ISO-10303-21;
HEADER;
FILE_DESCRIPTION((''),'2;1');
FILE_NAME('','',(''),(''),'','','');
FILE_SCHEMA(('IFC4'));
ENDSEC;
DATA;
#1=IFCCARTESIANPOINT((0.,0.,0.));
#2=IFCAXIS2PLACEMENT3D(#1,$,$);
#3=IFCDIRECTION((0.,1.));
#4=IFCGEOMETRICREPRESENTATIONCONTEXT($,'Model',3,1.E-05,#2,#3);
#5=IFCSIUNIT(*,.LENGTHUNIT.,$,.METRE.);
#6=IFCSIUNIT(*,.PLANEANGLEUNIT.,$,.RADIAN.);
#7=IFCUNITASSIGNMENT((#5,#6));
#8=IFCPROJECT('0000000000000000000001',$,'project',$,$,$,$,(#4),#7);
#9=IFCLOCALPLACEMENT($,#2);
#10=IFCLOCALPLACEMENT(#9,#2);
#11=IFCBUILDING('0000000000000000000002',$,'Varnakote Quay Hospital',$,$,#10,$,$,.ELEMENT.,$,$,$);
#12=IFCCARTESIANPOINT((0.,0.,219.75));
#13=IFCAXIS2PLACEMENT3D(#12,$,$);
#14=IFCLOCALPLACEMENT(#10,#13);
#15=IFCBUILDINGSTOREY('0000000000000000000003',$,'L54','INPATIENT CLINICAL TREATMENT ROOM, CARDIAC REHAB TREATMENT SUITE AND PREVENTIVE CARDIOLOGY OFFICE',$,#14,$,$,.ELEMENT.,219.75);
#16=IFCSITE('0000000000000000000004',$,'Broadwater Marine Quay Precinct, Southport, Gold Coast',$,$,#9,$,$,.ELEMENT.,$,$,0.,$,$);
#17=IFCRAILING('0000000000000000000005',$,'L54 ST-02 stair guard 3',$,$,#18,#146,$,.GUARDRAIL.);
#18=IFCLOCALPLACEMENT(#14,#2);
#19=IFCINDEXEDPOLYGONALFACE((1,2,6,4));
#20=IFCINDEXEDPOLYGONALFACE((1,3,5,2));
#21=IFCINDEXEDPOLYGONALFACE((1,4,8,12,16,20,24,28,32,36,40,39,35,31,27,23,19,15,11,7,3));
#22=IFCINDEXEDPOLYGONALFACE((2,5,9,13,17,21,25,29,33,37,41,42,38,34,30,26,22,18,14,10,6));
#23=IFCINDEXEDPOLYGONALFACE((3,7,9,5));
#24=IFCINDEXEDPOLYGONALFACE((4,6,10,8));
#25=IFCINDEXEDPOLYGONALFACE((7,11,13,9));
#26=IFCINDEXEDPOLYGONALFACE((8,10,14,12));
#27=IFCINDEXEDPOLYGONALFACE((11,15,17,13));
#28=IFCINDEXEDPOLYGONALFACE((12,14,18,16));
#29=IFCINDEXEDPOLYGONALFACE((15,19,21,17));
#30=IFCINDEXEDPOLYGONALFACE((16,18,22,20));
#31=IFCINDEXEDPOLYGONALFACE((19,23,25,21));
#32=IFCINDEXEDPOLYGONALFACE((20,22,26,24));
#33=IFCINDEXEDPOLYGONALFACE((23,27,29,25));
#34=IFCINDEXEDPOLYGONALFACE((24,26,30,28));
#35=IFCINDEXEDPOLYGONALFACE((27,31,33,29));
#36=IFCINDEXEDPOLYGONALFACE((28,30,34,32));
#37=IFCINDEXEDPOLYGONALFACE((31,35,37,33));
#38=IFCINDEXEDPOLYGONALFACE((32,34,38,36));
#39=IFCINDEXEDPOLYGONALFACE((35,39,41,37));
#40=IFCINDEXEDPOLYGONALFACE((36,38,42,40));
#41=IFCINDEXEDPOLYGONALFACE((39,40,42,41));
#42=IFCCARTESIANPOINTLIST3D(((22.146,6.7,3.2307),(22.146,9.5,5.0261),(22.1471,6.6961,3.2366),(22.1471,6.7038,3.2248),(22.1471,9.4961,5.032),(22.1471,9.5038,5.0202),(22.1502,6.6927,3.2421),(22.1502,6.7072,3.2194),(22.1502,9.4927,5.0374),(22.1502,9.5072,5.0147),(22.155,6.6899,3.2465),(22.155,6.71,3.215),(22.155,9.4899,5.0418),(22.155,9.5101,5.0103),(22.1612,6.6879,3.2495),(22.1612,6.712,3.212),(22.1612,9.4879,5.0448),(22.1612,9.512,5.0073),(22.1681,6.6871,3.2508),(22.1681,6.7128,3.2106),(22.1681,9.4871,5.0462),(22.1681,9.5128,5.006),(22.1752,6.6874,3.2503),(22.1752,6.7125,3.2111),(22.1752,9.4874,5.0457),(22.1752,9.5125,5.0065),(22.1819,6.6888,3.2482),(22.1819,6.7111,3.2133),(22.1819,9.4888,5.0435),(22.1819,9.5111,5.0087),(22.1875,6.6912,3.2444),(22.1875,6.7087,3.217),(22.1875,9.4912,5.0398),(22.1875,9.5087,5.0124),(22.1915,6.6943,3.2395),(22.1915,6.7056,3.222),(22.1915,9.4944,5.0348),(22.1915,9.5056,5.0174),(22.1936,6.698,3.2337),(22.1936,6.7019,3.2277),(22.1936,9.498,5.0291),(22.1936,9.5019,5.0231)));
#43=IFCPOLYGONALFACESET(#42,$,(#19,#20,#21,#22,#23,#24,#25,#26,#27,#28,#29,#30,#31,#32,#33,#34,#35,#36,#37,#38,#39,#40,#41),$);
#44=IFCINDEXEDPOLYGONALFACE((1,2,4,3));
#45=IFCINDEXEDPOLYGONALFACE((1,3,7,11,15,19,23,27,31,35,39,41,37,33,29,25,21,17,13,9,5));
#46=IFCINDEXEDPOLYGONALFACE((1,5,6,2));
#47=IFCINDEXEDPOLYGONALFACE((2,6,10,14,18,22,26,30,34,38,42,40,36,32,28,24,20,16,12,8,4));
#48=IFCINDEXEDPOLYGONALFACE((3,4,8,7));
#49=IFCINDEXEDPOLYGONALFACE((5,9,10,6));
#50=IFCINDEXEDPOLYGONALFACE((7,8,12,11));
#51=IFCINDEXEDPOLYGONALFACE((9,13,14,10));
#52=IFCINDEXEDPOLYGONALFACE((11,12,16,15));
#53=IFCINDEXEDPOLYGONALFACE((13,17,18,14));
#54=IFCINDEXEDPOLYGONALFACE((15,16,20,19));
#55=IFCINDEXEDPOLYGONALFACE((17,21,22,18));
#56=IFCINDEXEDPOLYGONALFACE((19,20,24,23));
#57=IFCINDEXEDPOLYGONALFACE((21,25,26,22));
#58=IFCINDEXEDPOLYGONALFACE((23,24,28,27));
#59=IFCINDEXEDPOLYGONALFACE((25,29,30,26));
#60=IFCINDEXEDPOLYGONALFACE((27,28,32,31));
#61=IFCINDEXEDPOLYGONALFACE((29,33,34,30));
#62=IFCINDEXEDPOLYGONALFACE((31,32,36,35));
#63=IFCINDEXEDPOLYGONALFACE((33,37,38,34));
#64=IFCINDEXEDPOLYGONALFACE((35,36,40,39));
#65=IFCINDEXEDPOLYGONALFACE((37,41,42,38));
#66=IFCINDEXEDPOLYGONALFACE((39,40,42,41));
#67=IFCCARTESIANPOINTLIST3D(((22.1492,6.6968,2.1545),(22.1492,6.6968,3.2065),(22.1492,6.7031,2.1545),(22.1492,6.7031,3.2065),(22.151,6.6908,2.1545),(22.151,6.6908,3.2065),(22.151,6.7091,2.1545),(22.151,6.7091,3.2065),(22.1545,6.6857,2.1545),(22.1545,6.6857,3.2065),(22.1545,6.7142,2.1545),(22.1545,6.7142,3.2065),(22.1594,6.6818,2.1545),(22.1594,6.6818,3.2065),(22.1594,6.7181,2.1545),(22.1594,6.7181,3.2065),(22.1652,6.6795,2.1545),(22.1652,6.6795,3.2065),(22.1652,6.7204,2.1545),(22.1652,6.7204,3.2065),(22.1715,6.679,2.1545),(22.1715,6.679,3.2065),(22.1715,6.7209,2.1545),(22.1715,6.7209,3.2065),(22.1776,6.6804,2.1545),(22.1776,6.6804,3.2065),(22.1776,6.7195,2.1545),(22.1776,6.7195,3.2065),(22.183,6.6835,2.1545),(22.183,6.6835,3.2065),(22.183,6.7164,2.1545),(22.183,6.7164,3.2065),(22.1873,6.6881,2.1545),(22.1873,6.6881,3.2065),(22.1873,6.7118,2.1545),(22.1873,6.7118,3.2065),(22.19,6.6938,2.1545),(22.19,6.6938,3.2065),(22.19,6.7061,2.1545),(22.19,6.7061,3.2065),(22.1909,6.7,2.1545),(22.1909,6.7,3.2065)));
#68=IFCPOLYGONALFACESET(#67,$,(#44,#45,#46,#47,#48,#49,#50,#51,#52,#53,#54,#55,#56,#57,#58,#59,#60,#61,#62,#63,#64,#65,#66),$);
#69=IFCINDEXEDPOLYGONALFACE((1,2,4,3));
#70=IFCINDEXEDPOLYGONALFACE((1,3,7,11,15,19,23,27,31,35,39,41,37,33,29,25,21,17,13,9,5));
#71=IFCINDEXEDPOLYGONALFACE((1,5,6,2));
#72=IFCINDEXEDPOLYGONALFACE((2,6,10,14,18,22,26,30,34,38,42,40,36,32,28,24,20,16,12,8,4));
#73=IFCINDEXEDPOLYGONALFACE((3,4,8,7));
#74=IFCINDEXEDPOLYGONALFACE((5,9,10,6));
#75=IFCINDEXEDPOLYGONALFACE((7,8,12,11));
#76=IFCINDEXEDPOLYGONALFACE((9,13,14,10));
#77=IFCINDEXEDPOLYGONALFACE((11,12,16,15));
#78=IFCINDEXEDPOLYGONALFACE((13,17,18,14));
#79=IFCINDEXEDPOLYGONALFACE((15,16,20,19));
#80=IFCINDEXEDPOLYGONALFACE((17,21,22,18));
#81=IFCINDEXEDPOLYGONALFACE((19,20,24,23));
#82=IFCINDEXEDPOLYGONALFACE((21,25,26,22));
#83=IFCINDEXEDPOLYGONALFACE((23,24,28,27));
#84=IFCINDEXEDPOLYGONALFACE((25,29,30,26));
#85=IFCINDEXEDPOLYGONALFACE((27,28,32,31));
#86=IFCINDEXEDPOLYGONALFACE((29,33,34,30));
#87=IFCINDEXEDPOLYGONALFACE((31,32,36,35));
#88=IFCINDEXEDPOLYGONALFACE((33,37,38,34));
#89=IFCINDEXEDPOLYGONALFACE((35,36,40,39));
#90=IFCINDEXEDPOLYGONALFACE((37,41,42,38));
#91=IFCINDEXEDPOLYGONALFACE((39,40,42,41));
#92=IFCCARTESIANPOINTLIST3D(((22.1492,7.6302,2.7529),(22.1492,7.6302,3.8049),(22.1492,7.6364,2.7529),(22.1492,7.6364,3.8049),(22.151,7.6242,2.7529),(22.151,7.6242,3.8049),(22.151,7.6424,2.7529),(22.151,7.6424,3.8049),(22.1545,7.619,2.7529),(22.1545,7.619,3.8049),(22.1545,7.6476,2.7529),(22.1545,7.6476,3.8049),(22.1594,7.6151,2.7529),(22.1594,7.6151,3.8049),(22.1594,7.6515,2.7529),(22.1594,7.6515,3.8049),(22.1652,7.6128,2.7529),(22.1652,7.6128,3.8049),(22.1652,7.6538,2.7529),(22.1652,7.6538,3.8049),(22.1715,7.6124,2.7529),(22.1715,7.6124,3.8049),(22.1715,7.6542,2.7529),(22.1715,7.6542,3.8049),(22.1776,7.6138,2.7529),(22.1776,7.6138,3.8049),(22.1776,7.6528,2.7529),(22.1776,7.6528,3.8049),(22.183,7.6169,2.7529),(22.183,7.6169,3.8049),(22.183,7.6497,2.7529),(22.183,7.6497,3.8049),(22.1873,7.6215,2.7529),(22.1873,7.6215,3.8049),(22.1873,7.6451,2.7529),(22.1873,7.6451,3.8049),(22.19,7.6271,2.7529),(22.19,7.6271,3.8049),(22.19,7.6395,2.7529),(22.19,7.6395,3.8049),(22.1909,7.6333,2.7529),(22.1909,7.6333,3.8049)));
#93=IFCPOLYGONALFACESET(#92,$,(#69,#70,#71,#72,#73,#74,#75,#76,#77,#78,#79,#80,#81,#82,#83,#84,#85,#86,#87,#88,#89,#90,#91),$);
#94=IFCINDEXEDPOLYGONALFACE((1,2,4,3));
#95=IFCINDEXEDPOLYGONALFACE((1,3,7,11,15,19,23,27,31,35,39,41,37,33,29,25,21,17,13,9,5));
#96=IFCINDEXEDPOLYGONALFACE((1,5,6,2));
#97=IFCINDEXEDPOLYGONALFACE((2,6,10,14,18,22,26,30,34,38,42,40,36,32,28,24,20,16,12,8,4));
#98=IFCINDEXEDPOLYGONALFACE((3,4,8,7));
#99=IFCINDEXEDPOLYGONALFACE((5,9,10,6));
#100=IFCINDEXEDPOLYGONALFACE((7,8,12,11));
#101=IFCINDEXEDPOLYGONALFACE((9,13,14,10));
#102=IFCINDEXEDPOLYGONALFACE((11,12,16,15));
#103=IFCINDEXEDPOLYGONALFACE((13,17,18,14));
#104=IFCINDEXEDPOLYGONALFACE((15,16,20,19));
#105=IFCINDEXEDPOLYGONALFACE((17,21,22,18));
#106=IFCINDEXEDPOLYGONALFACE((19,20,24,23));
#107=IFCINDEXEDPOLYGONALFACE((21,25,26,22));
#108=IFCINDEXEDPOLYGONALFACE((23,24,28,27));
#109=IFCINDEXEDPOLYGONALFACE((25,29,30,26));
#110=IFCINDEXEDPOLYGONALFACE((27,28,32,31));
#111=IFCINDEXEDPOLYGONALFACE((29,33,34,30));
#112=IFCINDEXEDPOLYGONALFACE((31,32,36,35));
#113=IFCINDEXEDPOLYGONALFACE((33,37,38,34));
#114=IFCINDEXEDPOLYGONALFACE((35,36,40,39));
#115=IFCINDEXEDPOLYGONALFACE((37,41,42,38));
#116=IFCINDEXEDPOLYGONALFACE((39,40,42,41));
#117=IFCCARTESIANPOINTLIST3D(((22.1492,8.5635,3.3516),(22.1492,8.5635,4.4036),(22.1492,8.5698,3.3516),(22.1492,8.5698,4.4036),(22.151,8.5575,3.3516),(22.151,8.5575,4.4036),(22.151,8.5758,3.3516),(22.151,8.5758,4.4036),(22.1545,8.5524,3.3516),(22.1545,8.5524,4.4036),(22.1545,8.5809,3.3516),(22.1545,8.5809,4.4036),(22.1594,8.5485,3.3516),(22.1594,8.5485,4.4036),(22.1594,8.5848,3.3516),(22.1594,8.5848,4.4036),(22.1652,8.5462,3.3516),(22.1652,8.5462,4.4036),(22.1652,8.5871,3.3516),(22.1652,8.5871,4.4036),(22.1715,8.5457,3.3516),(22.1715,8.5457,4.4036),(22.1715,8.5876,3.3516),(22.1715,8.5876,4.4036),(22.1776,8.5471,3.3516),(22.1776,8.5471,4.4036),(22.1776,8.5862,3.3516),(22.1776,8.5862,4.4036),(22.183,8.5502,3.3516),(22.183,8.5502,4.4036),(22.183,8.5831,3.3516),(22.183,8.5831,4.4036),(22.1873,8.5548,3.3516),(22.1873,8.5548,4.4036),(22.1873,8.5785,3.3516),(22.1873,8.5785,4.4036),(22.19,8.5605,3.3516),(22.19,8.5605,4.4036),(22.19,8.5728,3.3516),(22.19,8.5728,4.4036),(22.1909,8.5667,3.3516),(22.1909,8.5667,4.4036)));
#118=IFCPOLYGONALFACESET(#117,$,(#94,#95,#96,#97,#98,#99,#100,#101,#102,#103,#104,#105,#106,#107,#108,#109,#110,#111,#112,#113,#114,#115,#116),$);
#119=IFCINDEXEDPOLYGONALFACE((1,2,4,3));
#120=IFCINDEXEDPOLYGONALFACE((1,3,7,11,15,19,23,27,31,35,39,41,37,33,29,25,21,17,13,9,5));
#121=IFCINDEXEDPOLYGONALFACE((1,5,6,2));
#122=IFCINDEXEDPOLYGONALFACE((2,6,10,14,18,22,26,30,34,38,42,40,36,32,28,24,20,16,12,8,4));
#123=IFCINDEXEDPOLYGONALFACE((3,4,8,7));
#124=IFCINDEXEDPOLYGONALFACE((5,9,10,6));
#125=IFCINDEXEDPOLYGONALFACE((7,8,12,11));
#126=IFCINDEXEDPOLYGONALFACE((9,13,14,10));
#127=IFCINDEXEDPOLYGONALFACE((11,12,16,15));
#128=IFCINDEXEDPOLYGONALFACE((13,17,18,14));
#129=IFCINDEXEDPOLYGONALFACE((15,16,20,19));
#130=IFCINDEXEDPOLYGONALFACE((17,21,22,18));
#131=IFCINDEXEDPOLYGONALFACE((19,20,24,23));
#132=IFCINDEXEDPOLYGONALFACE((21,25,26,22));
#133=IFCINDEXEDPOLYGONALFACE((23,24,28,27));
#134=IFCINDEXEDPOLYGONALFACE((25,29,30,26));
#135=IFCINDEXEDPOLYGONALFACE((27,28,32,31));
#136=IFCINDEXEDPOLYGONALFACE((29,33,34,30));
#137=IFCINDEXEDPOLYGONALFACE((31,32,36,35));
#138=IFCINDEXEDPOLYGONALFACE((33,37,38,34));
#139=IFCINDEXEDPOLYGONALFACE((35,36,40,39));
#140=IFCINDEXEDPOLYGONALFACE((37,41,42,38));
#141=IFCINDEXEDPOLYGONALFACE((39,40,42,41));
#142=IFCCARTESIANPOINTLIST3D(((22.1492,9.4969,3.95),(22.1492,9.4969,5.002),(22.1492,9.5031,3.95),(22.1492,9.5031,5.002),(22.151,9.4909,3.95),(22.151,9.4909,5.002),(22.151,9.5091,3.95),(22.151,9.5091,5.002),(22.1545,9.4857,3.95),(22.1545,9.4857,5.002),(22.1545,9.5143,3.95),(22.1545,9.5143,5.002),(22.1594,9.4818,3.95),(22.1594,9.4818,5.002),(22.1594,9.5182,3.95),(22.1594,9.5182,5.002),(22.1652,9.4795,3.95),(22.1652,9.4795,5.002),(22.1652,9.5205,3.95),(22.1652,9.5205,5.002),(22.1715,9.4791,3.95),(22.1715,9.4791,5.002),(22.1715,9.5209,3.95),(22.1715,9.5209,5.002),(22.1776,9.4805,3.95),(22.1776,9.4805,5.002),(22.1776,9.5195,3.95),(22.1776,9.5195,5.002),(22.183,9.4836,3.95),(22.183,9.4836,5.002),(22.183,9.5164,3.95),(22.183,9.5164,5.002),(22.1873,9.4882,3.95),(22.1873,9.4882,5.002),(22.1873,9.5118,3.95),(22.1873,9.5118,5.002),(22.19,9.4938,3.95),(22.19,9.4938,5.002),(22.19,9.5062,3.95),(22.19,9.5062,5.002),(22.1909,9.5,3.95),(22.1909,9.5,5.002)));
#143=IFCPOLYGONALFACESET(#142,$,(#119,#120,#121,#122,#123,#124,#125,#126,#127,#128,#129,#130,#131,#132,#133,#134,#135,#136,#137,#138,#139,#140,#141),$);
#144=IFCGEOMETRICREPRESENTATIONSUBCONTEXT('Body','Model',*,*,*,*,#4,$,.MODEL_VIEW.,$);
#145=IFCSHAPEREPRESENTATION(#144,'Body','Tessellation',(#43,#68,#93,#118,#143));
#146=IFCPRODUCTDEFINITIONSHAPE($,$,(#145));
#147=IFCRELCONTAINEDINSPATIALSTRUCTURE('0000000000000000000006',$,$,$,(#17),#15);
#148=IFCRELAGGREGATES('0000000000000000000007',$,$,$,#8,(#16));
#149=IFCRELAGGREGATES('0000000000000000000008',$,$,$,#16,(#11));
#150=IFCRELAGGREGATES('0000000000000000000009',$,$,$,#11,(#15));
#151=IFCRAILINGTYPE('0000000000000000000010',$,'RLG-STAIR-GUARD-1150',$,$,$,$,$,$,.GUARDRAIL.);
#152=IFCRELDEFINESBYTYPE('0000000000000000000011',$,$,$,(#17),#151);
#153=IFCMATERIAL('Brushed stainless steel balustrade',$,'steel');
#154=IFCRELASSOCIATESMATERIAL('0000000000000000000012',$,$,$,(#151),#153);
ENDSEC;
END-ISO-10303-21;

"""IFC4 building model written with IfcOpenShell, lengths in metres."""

from ifc_helpers import new_model, si_unit, direction, frame, origin, origin_2d, place, context, subcontext, project, spatial, circle, extrude, material, type_object, element, save


model = new_model("IFC4")

# Units and contexts
model_context = context("Model", 3, precision=1e-05, world=origin(), true_north=direction((0.0, 1.0)))
body_context = subcontext(model_context, "Body", "Model", "MODEL_VIEW")
ifc_project = project(units=[si_unit("LENGTHUNIT", "METRE"), si_unit("PLANEANGLEUNIT", "RADIAN")], contexts=[model_context])

# Site, building, storey
site_placement = place(None, origin())
site = spatial("IfcSite", under=ifc_project, at=site_placement, Name="Broadwater Marine Quay Precinct, Southport, Gold Coast", CompositionType="ELEMENT", RefElevation=0.0)
building_placement = place(site_placement, origin())
building = spatial("IfcBuilding", under=site, at=building_placement, Name="Varnakote Quay Hospital", CompositionType="ELEMENT")
storey_placement = place(building_placement, frame((0.0, 0.0, 219.75)))
storey = spatial("IfcBuildingStorey", under=building, at=storey_placement, Name="L54", Description="INPATIENT CLINICAL TREATMENT ROOM, CARDIAC REHAB TREATMENT SUITE AND PREVENTIVE CARDIOLOGY OFFICE", CompositionType="ELEMENT", Elevation=219.75)

# Railing
ifc_material_1 = material(Name="Brushed stainless steel balustrade", Category="steel")
railing_type_1 = type_object("IfcRailingType", Name="RLG-STAIR-GUARD-1150", PredefinedType="GUARDRAIL", material=ifc_material_1)
railing_1_placement = place(storey_placement, frame((22.1699, 6.7, 2.1545)))
element("IfcRailing", 1, at=railing_1_placement, inside=storey, type_object=railing_type_1, Name="L54 ST-02 stair guard 3", PredefinedType="GUARDRAIL", context=body_context, shape_type="SweptSolid", body=[
    extrude(circle(Radius=0.0239, at=origin_2d()), frame((0.0, 0.0, 1.0762), z_axis=(0.0, 0.84181, 0.539774), x_axis=(-1.0, 0.0, 0.0)), (0.0, 0.0, 1.0), 3.3262),
    extrude(circle(Radius=0.021, at=origin_2d()), origin(), (0.0, 0.0, 1.0), 1.052),
    extrude(circle(Radius=0.021, at=origin_2d()), frame((0.0, 0.9333, 0.5984)), (0.0, 0.0, 1.0), 1.052),
    extrude(circle(Radius=0.021, at=origin_2d()), frame((0.0, 1.8667, 1.197)), (0.0, 0.0, 1.0), 1.052),
    extrude(circle(Radius=0.021, at=origin_2d()), frame((0.0, 2.8, 1.7954)), (0.0, 0.0, 1.0), 1.052),
])

save(model, "model.ifc")
